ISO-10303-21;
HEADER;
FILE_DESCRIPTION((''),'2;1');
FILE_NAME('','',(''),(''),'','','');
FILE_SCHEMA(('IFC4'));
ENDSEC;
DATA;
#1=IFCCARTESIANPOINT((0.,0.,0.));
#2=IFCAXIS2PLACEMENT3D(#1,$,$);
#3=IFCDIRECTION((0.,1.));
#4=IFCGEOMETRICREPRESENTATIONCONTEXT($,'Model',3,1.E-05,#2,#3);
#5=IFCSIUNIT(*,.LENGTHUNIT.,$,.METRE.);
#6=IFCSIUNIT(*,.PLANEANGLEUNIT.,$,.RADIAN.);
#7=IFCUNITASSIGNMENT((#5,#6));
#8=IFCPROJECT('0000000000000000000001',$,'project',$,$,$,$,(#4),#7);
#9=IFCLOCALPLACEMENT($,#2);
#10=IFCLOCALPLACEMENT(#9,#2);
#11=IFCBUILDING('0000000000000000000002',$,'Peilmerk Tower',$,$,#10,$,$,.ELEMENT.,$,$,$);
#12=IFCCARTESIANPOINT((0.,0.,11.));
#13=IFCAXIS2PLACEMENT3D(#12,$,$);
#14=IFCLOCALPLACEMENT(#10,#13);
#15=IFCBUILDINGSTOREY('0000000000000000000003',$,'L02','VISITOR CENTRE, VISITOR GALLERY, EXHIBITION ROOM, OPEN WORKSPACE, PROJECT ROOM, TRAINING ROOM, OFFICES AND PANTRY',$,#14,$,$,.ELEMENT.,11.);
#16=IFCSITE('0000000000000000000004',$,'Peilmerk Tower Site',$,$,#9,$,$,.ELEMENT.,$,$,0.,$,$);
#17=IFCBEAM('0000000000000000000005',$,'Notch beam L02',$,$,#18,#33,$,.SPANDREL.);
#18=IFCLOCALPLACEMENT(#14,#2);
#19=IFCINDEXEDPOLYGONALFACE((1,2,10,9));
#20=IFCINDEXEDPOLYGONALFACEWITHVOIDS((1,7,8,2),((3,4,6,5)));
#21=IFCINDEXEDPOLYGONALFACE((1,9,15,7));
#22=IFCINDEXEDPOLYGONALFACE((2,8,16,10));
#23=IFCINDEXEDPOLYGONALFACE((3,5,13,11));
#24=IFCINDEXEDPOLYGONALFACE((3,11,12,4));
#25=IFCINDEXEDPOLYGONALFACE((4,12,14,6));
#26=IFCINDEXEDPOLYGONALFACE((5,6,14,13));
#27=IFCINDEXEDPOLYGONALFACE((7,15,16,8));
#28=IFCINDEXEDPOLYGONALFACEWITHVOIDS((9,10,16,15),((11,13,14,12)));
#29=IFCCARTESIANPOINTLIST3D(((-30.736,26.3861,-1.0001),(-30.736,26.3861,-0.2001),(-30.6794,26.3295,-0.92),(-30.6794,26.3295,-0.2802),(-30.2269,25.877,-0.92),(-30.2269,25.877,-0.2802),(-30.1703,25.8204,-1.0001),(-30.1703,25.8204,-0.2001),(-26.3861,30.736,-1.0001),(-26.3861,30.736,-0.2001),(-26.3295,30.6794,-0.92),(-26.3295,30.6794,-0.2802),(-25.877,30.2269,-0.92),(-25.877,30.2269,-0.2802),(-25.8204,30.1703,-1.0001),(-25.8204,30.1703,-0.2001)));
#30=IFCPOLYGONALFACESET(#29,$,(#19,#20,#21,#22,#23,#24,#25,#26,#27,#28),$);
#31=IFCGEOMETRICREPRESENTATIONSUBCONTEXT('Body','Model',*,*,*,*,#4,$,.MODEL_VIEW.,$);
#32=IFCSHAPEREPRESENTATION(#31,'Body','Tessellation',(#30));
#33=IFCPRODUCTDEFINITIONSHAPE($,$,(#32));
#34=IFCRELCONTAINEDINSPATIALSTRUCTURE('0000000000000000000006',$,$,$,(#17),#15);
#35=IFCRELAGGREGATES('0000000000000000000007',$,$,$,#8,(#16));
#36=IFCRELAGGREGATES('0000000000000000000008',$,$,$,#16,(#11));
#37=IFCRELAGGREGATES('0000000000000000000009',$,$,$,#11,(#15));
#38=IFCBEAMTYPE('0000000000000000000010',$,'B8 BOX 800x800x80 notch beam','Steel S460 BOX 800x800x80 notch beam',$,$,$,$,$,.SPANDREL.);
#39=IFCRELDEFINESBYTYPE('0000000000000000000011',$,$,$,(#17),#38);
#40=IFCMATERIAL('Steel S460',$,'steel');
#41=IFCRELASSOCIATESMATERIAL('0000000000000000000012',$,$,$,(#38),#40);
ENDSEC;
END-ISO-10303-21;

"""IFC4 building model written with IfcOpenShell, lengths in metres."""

from ifc_helpers import new_model, si_unit, direction, frame, origin, origin_2d, place, context, subcontext, project, spatial, hollow_rectangle, extrude, material, material_profile, profile_set, type_object, element, save


model = new_model("IFC4")

# Units and contexts
model_context = context("Model", 3, precision=1e-05, world=origin(), true_north=direction((0.0, 1.0)))
body_context = subcontext(model_context, "Body", "Model", "MODEL_VIEW")
ifc_project = project(units=[si_unit("LENGTHUNIT", "METRE"), si_unit("PLANEANGLEUNIT", "RADIAN")], contexts=[model_context])

# Site, building, storey
site_placement = place(None, origin())
site = spatial("IfcSite", under=ifc_project, at=site_placement, Name="Peilmerk Tower Site", CompositionType="ELEMENT", RefElevation=0.0)
building_placement = place(site_placement, origin())
building = spatial("IfcBuilding", under=site, at=building_placement, Name="Peilmerk Tower", CompositionType="ELEMENT")
storey_placement = place(building_placement, frame((0.0, 0.0, 11.0)))
storey = spatial("IfcBuildingStorey", under=building, at=storey_placement, Name="L02", Description="VISITOR CENTRE, VISITOR GALLERY, EXHIBITION ROOM, OPEN WORKSPACE, PROJECT ROOM, TRAINING ROOM, OFFICES AND PANTRY", CompositionType="ELEMENT", Elevation=11.0)

# Beam
ifc_material_1 = material(Name="Steel S460", Category="steel")
ifc_material_profile_1 = material_profile(ifc_material_1, hollow_rectangle(XDim=0.8, YDim=0.8, WallThickness=0.0801, at=origin_2d()), Name="BOX 800x800x80")
ifc_profile_set_1 = profile_set([ifc_material_profile_1], Name="Steel S460")
beam_type_1 = type_object("IfcBeamType", Name="B8 BOX 800x800x80 notch beam", Description="Steel S460 BOX 800x800x80 notch beam", PredefinedType="SPANDREL", material=ifc_profile_set_1)
beam_1_placement = place(storey_placement, frame((-30.4531, 26.1033, -0.6001), z_axis=(0.707107, 0.707107, 0.0), x_axis=(-0.707107, 0.707107, 0.0)))
element("IfcBeam", 1, at=beam_1_placement, inside=storey, type_object=beam_type_1, Name="Notch beam L02", PredefinedType="SPANDREL", context=body_context, shape_type="SweptSolid", body=[
    extrude(hollow_rectangle(XDim=0.8, YDim=0.8, WallThickness=0.0801, at=origin_2d()), origin(), (0.0, 0.0, 1.0), 6.1516),
])

save(model, "model.ifc")
